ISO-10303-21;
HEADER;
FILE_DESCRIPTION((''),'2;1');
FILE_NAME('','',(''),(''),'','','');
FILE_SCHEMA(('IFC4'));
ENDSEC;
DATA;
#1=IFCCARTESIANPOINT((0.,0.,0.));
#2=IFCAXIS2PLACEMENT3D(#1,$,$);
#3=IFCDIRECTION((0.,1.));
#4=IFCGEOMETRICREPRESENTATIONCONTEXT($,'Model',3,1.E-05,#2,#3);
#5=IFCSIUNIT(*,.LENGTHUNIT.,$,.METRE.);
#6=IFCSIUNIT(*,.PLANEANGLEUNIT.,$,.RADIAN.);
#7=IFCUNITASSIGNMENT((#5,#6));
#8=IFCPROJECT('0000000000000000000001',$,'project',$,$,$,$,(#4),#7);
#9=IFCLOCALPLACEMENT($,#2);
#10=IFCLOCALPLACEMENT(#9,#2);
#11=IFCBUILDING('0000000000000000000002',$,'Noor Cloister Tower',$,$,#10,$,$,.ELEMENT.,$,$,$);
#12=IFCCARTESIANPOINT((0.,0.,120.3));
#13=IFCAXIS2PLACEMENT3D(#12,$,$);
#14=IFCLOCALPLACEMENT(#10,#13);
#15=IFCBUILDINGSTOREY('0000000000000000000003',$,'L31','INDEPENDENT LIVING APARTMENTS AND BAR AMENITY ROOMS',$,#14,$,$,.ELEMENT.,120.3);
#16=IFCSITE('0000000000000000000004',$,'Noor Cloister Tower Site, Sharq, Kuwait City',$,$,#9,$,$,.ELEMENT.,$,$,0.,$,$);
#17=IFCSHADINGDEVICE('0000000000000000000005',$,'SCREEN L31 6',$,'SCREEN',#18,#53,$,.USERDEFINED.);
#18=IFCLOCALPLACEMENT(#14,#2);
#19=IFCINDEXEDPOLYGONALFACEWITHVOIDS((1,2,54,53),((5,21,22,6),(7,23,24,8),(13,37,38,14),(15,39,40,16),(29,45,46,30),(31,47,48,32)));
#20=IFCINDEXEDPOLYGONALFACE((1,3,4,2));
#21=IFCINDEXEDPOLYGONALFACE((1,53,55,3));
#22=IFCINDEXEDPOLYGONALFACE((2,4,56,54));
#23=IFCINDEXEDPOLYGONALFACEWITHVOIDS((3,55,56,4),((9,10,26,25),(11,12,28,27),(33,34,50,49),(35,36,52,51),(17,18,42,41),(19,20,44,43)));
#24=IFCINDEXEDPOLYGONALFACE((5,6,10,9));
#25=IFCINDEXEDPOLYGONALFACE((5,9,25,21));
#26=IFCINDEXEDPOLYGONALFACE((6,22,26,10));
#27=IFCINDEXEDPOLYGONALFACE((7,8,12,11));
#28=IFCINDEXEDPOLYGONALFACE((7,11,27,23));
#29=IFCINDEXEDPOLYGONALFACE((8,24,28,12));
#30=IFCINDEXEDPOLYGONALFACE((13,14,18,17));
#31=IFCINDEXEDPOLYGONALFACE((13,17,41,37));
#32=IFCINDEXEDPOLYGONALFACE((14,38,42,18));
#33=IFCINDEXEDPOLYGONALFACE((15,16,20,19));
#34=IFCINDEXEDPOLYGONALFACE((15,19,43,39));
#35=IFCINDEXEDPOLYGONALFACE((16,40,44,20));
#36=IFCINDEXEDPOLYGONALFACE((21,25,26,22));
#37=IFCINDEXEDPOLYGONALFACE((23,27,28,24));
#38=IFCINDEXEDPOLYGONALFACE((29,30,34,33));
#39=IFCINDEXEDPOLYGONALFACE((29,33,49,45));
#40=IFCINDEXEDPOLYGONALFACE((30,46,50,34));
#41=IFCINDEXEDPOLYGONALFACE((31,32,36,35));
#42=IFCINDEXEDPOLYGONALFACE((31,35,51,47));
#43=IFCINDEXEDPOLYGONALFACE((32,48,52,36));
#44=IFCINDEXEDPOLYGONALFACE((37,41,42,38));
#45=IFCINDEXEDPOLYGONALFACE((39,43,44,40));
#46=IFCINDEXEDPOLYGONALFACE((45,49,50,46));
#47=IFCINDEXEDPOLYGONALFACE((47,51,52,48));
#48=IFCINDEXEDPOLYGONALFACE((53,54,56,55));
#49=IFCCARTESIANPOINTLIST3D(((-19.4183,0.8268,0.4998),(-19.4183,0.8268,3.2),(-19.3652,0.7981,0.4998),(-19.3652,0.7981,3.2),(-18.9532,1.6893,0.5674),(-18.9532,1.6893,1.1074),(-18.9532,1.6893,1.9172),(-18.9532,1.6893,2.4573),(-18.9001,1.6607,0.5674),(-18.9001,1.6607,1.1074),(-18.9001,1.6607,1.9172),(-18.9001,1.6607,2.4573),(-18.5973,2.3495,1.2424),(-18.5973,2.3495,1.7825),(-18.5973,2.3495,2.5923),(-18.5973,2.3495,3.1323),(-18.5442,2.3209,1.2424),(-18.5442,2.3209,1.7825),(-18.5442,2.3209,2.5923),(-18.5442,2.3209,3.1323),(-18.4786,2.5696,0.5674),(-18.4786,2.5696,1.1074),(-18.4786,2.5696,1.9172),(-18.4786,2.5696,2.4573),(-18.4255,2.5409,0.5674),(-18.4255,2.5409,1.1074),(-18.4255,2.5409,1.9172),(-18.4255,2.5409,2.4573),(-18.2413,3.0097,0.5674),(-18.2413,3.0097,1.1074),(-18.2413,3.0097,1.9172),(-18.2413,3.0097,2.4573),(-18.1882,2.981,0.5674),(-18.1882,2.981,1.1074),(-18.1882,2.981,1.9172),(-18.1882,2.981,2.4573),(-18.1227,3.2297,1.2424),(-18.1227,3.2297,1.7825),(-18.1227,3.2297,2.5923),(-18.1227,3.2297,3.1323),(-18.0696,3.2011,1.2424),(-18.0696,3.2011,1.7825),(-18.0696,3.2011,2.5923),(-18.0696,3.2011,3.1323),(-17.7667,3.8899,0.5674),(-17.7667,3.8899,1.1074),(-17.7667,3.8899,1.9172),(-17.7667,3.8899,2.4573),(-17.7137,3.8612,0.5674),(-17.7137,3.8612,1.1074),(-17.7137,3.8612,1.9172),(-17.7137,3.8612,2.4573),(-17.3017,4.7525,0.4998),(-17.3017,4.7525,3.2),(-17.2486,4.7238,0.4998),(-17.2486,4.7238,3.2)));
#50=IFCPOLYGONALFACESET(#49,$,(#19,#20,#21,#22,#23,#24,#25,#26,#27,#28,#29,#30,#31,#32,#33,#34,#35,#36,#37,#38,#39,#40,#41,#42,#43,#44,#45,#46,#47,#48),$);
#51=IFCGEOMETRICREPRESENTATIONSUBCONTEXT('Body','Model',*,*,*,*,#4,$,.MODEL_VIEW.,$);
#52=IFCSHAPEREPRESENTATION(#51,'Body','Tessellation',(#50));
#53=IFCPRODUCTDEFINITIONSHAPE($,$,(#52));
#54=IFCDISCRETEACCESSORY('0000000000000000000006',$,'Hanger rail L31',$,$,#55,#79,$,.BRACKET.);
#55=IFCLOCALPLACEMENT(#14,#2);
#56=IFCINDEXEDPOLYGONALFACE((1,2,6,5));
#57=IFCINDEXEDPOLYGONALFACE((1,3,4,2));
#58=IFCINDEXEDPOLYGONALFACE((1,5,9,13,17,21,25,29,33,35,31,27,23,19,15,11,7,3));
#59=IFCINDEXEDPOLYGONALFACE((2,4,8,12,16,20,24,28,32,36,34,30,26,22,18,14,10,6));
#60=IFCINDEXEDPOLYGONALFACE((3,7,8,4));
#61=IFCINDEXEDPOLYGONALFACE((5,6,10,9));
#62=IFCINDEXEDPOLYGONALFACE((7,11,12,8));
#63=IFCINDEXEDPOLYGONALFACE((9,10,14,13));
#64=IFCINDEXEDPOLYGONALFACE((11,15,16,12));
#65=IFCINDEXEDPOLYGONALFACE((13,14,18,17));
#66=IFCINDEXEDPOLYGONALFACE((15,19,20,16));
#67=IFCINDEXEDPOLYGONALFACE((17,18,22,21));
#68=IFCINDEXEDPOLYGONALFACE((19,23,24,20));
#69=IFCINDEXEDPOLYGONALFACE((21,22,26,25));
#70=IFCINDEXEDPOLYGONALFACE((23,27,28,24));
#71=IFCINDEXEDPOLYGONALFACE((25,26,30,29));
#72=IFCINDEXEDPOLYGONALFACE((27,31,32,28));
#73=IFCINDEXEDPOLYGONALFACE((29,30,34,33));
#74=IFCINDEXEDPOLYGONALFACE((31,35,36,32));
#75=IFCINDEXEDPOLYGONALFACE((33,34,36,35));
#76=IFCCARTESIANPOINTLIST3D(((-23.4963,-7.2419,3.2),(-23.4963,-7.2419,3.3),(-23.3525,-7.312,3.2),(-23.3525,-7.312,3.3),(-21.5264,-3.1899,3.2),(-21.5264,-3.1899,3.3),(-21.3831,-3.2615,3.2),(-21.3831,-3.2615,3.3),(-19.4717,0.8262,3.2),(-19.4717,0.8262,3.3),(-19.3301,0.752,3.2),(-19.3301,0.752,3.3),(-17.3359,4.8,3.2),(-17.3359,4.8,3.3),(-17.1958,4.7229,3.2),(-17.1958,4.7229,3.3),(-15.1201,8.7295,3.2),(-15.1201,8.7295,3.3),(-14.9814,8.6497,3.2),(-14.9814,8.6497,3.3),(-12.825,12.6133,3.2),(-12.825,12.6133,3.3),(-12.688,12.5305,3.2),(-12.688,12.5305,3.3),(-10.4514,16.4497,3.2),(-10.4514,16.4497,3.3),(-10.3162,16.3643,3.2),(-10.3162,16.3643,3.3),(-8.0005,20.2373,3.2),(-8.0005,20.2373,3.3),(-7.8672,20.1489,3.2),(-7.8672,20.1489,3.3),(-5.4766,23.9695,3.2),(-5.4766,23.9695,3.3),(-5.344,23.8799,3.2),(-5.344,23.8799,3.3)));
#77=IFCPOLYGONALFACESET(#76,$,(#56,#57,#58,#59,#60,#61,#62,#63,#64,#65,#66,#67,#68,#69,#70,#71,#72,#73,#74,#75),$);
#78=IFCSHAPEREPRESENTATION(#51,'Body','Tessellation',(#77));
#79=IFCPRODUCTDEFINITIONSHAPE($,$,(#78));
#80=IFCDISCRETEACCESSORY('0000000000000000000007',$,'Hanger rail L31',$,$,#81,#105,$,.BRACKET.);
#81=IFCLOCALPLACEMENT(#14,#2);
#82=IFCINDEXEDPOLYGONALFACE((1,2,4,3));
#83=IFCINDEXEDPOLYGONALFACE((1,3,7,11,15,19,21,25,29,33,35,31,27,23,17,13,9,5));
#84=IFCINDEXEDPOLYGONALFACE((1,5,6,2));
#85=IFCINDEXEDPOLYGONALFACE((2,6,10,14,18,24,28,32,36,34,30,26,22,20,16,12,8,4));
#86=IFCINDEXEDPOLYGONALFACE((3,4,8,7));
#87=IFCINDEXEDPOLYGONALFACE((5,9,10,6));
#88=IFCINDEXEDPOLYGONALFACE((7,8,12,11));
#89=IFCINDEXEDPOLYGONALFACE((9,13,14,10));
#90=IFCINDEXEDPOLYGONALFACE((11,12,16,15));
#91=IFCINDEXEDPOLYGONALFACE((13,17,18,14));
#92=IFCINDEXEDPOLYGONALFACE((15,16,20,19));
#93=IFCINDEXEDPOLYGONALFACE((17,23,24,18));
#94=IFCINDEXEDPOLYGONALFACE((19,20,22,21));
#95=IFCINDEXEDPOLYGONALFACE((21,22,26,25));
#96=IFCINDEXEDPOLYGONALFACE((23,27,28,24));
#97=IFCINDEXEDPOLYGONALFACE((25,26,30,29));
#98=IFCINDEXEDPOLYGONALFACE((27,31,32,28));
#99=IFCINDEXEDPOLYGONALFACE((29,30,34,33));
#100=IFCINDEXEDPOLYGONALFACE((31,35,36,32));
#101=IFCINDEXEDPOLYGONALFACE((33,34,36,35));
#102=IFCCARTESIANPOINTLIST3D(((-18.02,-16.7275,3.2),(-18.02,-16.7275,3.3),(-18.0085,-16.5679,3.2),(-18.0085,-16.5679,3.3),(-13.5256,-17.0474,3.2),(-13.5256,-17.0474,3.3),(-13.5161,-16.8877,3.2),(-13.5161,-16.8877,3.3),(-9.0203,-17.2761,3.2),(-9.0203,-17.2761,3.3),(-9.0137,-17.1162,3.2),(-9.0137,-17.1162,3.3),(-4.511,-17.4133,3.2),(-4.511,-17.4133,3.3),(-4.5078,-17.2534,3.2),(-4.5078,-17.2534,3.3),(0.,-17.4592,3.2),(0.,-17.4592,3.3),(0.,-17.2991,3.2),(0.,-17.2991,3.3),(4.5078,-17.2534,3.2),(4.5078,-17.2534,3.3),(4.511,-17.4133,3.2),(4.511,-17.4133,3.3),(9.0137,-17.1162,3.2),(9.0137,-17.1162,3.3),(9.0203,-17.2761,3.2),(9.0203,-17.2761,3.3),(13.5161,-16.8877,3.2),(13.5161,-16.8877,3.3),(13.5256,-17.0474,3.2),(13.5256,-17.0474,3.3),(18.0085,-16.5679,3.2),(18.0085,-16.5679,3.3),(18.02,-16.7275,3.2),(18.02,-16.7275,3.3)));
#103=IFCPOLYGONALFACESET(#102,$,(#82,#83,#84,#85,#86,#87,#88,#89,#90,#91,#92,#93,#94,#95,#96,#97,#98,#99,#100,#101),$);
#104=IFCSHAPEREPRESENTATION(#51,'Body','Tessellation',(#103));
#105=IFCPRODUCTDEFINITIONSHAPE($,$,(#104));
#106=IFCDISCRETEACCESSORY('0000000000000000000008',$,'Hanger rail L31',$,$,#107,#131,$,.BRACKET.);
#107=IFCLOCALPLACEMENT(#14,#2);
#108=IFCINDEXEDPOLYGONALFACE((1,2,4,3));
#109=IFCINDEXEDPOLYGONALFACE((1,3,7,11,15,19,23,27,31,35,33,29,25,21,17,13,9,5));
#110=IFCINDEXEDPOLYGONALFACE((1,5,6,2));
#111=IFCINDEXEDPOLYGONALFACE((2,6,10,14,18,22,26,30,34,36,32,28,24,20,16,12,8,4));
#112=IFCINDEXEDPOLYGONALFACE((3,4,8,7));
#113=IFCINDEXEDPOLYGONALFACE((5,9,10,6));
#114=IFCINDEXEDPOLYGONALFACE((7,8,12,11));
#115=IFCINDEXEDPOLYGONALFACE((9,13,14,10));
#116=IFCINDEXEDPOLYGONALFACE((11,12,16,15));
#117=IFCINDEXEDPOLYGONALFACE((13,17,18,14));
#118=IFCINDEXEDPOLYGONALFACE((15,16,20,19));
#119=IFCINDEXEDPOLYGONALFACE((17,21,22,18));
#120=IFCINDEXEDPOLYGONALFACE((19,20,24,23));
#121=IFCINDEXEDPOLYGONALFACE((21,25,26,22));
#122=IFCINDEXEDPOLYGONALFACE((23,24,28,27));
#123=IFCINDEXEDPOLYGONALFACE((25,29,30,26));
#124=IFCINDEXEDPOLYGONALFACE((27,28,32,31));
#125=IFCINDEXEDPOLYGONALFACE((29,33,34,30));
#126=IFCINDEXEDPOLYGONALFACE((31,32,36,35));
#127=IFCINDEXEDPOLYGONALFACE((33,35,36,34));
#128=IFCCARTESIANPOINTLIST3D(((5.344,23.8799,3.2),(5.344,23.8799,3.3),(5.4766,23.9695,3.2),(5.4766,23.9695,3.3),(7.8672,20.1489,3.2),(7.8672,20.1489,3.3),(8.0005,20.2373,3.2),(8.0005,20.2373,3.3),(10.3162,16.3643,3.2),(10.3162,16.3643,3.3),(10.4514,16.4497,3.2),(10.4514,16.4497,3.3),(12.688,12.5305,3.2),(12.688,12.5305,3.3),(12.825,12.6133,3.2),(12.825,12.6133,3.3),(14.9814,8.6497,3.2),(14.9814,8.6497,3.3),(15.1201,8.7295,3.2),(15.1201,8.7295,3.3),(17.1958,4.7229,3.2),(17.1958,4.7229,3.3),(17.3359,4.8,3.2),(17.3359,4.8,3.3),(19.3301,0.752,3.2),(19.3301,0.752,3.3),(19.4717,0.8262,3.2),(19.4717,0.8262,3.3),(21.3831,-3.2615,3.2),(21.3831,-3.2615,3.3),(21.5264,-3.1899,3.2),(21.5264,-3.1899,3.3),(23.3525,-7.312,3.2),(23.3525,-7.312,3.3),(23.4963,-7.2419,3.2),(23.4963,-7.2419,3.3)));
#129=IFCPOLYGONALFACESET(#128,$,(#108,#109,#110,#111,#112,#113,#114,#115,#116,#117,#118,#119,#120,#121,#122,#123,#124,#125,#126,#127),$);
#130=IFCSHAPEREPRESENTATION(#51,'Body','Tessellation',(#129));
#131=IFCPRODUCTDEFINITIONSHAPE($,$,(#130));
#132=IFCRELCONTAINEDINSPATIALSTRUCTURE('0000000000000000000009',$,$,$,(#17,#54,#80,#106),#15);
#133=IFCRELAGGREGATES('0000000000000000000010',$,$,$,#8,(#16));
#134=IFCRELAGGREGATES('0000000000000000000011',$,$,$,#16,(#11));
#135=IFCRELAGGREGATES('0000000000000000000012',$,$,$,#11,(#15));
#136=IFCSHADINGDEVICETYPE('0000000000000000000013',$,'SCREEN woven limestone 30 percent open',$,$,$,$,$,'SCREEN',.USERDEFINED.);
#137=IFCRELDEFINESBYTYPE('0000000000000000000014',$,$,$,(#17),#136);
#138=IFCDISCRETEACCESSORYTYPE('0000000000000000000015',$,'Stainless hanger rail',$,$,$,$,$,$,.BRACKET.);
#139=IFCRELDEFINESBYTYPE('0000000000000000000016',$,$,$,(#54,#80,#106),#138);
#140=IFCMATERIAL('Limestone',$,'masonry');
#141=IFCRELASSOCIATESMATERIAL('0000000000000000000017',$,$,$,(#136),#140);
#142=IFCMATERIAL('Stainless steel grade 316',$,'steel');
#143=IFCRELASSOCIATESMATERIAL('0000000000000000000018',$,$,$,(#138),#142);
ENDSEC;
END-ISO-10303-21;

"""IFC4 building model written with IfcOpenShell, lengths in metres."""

from ifc_helpers import new_model, si_unit, direction, frame, origin, place, context, subcontext, project, spatial, polyline, outline, extrude, material, material_profile, profile_set, type_object, element, save


model = new_model("IFC4")

# Units and contexts
model_context = context("Model", 3, precision=1e-05, world=origin(), true_north=direction((0.0, 1.0)))
body_context = subcontext(model_context, "Body", "Model", "MODEL_VIEW")
ifc_project = project(units=[si_unit("LENGTHUNIT", "METRE"), si_unit("PLANEANGLEUNIT", "RADIAN")], contexts=[model_context])

# Site, building, storey
site_placement = place(None, origin())
site = spatial("IfcSite", under=ifc_project, at=site_placement, Name="Noor Cloister Tower Site, Sharq, Kuwait City", CompositionType="ELEMENT", RefElevation=0.0)
building_placement = place(site_placement, origin())
building = spatial("IfcBuilding", under=site, at=building_placement, Name="Noor Cloister Tower", CompositionType="ELEMENT")
storey_placement = place(building_placement, frame((0.0, 0.0, 120.3)))
storey = spatial("IfcBuildingStorey", under=building, at=storey_placement, Name="L31", Description="INDEPENDENT LIVING APARTMENTS AND BAR AMENITY ROOMS", CompositionType="ELEMENT", Elevation=120.3)

# Shading device
ifc_material_1 = material(Name="Limestone", Category="masonry")
ifc_material_profile_1 = material_profile(ifc_material_1, outline(polyline([(-2.23, -1.3501), (2.23, -1.3501), (2.23, 1.3501), (-2.23, 1.3501), (-2.23, -1.3501)]), holes=[polyline([(-1.25, -1.2825), (-0.25, -1.2825), (-0.25, -0.7424), (-1.25, -0.7424), (-1.25, -1.2825)]), polyline([(0.25, -1.2825), (1.25, -1.2825), (1.25, -0.7424), (0.25, -0.7424), (0.25, -1.2825)]), polyline([(-0.5, -0.6074), (0.5, -0.6074), (0.5, -0.0674), (-0.5, -0.0674), (-0.5, -0.6074)]), polyline([(-1.25, 0.0674), (-0.25, 0.0674), (-0.25, 0.6074), (-1.25, 0.6074), (-1.25, 0.0674)]), polyline([(0.25, 0.0674), (1.25, 0.0674), (1.25, 0.6074), (0.25, 0.6074), (0.25, 0.0674)]), polyline([(-0.5, 0.7424), (0.5, 0.7424), (0.5, 1.2825), (-0.5, 1.2825), (-0.5, 0.7424)])]), Name="Woven screen 30 percent open")
ifc_profile_set_1 = profile_set([ifc_material_profile_1], Name="Limestone")
shading_device_type = type_object("IfcShadingDeviceType", Name="SCREEN woven limestone 30 percent open", ElementType="SCREEN", PredefinedType="USERDEFINED", material=ifc_profile_set_1)
shading_device_1_placement = place(storey_placement, frame((-18.3069, 2.761, 1.8499), z_axis=(-0.88021, 0.474584, 0.0), x_axis=(-0.474584, -0.88021, 0.0)))
element("IfcShadingDevice", 1, at=shading_device_1_placement, inside=storey, type_object=shading_device_type, Name="SCREEN L31 6", ObjectType="SCREEN", PredefinedType="USERDEFINED", context=body_context, shape_type="SweptSolid", body=[
    extrude(outline(polyline([(-2.23, -1.3501), (2.23, -1.3501), (2.23, 1.3501), (-2.23, 1.3501), (-2.23, -1.3501)]), holes=[polyline([(-1.25, -1.2825), (-0.25, -1.2825), (-0.25, -0.7424), (-1.25, -0.7424), (-1.25, -1.2825)]), polyline([(0.25, -1.2825), (1.25, -1.2825), (1.25, -0.7424), (0.25, -0.7424), (0.25, -1.2825)]), polyline([(-0.5, -0.6074), (0.5, -0.6074), (0.5, -0.0674), (-0.5, -0.0674), (-0.5, -0.6074)]), polyline([(-1.25, 0.0674), (-0.25, 0.0674), (-0.25, 0.6074), (-1.25, 0.6074), (-1.25, 0.0674)]), polyline([(0.25, 0.0674), (1.25, 0.0674), (1.25, 0.6074), (0.25, 0.6074), (0.25, 0.0674)]), polyline([(-0.5, 0.7424), (0.5, 0.7424), (0.5, 1.2825), (-0.5, 1.2825), (-0.5, 0.7424)])]), origin(), (0.0, 0.0, 1.0), 0.0603),
])

# Discrete accessories
ifc_material_2 = material(Name="Stainless steel grade 316", Category="steel")
discrete_accessory_type = type_object("IfcDiscreteAccessoryType", Name="Stainless hanger rail", PredefinedType="BRACKET", material=ifc_material_2)
discrete_accessory_1_placement = place(storey_placement, frame((0.0, 0.0, 3.2)))
element("IfcDiscreteAccessory", 2, at=discrete_accessory_1_placement, inside=storey, type_object=discrete_accessory_type, Name="Hanger rail L31", PredefinedType="BRACKET", context=body_context, shape_type="SweptSolid", body=[
    extrude(outline(polyline([(-5.4766, 23.9695), (-8.0005, 20.2373), (-10.4514, 16.4497), (-12.825, 12.6133), (-15.1201, 8.7295), (-17.3359, 4.8), (-19.4717, 0.8262), (-21.5264, -3.1899), (-23.4963, -7.2419), (-23.3525, -7.312), (-21.3831, -3.2615), (-19.3301, 0.752), (-17.1958, 4.7229), (-14.9814, 8.6497), (-12.688, 12.5305), (-10.3162, 16.3643), (-7.8672, 20.1489), (-5.344, 23.8799), (-5.4766, 23.9695)])), origin(), (0.0, 0.0, 1.0), 0.1001),
])
discrete_accessory_2_placement = place(storey_placement, frame((0.0, 0.0, 3.2)))
element("IfcDiscreteAccessory", 3, at=discrete_accessory_2_placement, inside=storey, type_object=discrete_accessory_type, Name="Hanger rail L31", PredefinedType="BRACKET", context=body_context, shape_type="SweptSolid", body=[
    extrude(outline(polyline([(-18.02, -16.7275), (-13.5256, -17.0474), (-9.0203, -17.2761), (-4.511, -17.4133), (0.0, -17.4592), (4.511, -17.4133), (9.0203, -17.2761), (13.5256, -17.0474), (18.02, -16.7275), (18.0085, -16.5679), (13.5161, -16.8877), (9.0137, -17.1162), (4.5078, -17.2534), (0.0, -17.2991), (-4.5078, -17.2534), (-9.0137, -17.1162), (-13.5161, -16.8877), (-18.0085, -16.5679), (-18.02, -16.7275)])), origin(), (0.0, 0.0, 1.0), 0.1001),
])
discrete_accessory_3_placement = place(storey_placement, frame((0.0, 0.0, 3.2)))
element("IfcDiscreteAccessory", 4, at=discrete_accessory_3_placement, inside=storey, type_object=discrete_accessory_type, Name="Hanger rail L31", PredefinedType="BRACKET", context=body_context, shape_type="SweptSolid", body=[
    extrude(outline(polyline([(23.4963, -7.2419), (21.5264, -3.1899), (19.4717, 0.8262), (17.3359, 4.8), (15.1201, 8.7295), (12.825, 12.6133), (10.4514, 16.4497), (8.0005, 20.2373), (5.4766, 23.9695), (5.344, 23.8799), (7.8672, 20.1489), (10.3162, 16.3643), (12.688, 12.5305), (14.9814, 8.6497), (17.1958, 4.7229), (19.3301, 0.752), (21.3831, -3.2615), (23.3525, -7.312), (23.4963, -7.2419)])), origin(), (0.0, 0.0, 1.0), 0.1001),
])

save(model, "model.ifc")
